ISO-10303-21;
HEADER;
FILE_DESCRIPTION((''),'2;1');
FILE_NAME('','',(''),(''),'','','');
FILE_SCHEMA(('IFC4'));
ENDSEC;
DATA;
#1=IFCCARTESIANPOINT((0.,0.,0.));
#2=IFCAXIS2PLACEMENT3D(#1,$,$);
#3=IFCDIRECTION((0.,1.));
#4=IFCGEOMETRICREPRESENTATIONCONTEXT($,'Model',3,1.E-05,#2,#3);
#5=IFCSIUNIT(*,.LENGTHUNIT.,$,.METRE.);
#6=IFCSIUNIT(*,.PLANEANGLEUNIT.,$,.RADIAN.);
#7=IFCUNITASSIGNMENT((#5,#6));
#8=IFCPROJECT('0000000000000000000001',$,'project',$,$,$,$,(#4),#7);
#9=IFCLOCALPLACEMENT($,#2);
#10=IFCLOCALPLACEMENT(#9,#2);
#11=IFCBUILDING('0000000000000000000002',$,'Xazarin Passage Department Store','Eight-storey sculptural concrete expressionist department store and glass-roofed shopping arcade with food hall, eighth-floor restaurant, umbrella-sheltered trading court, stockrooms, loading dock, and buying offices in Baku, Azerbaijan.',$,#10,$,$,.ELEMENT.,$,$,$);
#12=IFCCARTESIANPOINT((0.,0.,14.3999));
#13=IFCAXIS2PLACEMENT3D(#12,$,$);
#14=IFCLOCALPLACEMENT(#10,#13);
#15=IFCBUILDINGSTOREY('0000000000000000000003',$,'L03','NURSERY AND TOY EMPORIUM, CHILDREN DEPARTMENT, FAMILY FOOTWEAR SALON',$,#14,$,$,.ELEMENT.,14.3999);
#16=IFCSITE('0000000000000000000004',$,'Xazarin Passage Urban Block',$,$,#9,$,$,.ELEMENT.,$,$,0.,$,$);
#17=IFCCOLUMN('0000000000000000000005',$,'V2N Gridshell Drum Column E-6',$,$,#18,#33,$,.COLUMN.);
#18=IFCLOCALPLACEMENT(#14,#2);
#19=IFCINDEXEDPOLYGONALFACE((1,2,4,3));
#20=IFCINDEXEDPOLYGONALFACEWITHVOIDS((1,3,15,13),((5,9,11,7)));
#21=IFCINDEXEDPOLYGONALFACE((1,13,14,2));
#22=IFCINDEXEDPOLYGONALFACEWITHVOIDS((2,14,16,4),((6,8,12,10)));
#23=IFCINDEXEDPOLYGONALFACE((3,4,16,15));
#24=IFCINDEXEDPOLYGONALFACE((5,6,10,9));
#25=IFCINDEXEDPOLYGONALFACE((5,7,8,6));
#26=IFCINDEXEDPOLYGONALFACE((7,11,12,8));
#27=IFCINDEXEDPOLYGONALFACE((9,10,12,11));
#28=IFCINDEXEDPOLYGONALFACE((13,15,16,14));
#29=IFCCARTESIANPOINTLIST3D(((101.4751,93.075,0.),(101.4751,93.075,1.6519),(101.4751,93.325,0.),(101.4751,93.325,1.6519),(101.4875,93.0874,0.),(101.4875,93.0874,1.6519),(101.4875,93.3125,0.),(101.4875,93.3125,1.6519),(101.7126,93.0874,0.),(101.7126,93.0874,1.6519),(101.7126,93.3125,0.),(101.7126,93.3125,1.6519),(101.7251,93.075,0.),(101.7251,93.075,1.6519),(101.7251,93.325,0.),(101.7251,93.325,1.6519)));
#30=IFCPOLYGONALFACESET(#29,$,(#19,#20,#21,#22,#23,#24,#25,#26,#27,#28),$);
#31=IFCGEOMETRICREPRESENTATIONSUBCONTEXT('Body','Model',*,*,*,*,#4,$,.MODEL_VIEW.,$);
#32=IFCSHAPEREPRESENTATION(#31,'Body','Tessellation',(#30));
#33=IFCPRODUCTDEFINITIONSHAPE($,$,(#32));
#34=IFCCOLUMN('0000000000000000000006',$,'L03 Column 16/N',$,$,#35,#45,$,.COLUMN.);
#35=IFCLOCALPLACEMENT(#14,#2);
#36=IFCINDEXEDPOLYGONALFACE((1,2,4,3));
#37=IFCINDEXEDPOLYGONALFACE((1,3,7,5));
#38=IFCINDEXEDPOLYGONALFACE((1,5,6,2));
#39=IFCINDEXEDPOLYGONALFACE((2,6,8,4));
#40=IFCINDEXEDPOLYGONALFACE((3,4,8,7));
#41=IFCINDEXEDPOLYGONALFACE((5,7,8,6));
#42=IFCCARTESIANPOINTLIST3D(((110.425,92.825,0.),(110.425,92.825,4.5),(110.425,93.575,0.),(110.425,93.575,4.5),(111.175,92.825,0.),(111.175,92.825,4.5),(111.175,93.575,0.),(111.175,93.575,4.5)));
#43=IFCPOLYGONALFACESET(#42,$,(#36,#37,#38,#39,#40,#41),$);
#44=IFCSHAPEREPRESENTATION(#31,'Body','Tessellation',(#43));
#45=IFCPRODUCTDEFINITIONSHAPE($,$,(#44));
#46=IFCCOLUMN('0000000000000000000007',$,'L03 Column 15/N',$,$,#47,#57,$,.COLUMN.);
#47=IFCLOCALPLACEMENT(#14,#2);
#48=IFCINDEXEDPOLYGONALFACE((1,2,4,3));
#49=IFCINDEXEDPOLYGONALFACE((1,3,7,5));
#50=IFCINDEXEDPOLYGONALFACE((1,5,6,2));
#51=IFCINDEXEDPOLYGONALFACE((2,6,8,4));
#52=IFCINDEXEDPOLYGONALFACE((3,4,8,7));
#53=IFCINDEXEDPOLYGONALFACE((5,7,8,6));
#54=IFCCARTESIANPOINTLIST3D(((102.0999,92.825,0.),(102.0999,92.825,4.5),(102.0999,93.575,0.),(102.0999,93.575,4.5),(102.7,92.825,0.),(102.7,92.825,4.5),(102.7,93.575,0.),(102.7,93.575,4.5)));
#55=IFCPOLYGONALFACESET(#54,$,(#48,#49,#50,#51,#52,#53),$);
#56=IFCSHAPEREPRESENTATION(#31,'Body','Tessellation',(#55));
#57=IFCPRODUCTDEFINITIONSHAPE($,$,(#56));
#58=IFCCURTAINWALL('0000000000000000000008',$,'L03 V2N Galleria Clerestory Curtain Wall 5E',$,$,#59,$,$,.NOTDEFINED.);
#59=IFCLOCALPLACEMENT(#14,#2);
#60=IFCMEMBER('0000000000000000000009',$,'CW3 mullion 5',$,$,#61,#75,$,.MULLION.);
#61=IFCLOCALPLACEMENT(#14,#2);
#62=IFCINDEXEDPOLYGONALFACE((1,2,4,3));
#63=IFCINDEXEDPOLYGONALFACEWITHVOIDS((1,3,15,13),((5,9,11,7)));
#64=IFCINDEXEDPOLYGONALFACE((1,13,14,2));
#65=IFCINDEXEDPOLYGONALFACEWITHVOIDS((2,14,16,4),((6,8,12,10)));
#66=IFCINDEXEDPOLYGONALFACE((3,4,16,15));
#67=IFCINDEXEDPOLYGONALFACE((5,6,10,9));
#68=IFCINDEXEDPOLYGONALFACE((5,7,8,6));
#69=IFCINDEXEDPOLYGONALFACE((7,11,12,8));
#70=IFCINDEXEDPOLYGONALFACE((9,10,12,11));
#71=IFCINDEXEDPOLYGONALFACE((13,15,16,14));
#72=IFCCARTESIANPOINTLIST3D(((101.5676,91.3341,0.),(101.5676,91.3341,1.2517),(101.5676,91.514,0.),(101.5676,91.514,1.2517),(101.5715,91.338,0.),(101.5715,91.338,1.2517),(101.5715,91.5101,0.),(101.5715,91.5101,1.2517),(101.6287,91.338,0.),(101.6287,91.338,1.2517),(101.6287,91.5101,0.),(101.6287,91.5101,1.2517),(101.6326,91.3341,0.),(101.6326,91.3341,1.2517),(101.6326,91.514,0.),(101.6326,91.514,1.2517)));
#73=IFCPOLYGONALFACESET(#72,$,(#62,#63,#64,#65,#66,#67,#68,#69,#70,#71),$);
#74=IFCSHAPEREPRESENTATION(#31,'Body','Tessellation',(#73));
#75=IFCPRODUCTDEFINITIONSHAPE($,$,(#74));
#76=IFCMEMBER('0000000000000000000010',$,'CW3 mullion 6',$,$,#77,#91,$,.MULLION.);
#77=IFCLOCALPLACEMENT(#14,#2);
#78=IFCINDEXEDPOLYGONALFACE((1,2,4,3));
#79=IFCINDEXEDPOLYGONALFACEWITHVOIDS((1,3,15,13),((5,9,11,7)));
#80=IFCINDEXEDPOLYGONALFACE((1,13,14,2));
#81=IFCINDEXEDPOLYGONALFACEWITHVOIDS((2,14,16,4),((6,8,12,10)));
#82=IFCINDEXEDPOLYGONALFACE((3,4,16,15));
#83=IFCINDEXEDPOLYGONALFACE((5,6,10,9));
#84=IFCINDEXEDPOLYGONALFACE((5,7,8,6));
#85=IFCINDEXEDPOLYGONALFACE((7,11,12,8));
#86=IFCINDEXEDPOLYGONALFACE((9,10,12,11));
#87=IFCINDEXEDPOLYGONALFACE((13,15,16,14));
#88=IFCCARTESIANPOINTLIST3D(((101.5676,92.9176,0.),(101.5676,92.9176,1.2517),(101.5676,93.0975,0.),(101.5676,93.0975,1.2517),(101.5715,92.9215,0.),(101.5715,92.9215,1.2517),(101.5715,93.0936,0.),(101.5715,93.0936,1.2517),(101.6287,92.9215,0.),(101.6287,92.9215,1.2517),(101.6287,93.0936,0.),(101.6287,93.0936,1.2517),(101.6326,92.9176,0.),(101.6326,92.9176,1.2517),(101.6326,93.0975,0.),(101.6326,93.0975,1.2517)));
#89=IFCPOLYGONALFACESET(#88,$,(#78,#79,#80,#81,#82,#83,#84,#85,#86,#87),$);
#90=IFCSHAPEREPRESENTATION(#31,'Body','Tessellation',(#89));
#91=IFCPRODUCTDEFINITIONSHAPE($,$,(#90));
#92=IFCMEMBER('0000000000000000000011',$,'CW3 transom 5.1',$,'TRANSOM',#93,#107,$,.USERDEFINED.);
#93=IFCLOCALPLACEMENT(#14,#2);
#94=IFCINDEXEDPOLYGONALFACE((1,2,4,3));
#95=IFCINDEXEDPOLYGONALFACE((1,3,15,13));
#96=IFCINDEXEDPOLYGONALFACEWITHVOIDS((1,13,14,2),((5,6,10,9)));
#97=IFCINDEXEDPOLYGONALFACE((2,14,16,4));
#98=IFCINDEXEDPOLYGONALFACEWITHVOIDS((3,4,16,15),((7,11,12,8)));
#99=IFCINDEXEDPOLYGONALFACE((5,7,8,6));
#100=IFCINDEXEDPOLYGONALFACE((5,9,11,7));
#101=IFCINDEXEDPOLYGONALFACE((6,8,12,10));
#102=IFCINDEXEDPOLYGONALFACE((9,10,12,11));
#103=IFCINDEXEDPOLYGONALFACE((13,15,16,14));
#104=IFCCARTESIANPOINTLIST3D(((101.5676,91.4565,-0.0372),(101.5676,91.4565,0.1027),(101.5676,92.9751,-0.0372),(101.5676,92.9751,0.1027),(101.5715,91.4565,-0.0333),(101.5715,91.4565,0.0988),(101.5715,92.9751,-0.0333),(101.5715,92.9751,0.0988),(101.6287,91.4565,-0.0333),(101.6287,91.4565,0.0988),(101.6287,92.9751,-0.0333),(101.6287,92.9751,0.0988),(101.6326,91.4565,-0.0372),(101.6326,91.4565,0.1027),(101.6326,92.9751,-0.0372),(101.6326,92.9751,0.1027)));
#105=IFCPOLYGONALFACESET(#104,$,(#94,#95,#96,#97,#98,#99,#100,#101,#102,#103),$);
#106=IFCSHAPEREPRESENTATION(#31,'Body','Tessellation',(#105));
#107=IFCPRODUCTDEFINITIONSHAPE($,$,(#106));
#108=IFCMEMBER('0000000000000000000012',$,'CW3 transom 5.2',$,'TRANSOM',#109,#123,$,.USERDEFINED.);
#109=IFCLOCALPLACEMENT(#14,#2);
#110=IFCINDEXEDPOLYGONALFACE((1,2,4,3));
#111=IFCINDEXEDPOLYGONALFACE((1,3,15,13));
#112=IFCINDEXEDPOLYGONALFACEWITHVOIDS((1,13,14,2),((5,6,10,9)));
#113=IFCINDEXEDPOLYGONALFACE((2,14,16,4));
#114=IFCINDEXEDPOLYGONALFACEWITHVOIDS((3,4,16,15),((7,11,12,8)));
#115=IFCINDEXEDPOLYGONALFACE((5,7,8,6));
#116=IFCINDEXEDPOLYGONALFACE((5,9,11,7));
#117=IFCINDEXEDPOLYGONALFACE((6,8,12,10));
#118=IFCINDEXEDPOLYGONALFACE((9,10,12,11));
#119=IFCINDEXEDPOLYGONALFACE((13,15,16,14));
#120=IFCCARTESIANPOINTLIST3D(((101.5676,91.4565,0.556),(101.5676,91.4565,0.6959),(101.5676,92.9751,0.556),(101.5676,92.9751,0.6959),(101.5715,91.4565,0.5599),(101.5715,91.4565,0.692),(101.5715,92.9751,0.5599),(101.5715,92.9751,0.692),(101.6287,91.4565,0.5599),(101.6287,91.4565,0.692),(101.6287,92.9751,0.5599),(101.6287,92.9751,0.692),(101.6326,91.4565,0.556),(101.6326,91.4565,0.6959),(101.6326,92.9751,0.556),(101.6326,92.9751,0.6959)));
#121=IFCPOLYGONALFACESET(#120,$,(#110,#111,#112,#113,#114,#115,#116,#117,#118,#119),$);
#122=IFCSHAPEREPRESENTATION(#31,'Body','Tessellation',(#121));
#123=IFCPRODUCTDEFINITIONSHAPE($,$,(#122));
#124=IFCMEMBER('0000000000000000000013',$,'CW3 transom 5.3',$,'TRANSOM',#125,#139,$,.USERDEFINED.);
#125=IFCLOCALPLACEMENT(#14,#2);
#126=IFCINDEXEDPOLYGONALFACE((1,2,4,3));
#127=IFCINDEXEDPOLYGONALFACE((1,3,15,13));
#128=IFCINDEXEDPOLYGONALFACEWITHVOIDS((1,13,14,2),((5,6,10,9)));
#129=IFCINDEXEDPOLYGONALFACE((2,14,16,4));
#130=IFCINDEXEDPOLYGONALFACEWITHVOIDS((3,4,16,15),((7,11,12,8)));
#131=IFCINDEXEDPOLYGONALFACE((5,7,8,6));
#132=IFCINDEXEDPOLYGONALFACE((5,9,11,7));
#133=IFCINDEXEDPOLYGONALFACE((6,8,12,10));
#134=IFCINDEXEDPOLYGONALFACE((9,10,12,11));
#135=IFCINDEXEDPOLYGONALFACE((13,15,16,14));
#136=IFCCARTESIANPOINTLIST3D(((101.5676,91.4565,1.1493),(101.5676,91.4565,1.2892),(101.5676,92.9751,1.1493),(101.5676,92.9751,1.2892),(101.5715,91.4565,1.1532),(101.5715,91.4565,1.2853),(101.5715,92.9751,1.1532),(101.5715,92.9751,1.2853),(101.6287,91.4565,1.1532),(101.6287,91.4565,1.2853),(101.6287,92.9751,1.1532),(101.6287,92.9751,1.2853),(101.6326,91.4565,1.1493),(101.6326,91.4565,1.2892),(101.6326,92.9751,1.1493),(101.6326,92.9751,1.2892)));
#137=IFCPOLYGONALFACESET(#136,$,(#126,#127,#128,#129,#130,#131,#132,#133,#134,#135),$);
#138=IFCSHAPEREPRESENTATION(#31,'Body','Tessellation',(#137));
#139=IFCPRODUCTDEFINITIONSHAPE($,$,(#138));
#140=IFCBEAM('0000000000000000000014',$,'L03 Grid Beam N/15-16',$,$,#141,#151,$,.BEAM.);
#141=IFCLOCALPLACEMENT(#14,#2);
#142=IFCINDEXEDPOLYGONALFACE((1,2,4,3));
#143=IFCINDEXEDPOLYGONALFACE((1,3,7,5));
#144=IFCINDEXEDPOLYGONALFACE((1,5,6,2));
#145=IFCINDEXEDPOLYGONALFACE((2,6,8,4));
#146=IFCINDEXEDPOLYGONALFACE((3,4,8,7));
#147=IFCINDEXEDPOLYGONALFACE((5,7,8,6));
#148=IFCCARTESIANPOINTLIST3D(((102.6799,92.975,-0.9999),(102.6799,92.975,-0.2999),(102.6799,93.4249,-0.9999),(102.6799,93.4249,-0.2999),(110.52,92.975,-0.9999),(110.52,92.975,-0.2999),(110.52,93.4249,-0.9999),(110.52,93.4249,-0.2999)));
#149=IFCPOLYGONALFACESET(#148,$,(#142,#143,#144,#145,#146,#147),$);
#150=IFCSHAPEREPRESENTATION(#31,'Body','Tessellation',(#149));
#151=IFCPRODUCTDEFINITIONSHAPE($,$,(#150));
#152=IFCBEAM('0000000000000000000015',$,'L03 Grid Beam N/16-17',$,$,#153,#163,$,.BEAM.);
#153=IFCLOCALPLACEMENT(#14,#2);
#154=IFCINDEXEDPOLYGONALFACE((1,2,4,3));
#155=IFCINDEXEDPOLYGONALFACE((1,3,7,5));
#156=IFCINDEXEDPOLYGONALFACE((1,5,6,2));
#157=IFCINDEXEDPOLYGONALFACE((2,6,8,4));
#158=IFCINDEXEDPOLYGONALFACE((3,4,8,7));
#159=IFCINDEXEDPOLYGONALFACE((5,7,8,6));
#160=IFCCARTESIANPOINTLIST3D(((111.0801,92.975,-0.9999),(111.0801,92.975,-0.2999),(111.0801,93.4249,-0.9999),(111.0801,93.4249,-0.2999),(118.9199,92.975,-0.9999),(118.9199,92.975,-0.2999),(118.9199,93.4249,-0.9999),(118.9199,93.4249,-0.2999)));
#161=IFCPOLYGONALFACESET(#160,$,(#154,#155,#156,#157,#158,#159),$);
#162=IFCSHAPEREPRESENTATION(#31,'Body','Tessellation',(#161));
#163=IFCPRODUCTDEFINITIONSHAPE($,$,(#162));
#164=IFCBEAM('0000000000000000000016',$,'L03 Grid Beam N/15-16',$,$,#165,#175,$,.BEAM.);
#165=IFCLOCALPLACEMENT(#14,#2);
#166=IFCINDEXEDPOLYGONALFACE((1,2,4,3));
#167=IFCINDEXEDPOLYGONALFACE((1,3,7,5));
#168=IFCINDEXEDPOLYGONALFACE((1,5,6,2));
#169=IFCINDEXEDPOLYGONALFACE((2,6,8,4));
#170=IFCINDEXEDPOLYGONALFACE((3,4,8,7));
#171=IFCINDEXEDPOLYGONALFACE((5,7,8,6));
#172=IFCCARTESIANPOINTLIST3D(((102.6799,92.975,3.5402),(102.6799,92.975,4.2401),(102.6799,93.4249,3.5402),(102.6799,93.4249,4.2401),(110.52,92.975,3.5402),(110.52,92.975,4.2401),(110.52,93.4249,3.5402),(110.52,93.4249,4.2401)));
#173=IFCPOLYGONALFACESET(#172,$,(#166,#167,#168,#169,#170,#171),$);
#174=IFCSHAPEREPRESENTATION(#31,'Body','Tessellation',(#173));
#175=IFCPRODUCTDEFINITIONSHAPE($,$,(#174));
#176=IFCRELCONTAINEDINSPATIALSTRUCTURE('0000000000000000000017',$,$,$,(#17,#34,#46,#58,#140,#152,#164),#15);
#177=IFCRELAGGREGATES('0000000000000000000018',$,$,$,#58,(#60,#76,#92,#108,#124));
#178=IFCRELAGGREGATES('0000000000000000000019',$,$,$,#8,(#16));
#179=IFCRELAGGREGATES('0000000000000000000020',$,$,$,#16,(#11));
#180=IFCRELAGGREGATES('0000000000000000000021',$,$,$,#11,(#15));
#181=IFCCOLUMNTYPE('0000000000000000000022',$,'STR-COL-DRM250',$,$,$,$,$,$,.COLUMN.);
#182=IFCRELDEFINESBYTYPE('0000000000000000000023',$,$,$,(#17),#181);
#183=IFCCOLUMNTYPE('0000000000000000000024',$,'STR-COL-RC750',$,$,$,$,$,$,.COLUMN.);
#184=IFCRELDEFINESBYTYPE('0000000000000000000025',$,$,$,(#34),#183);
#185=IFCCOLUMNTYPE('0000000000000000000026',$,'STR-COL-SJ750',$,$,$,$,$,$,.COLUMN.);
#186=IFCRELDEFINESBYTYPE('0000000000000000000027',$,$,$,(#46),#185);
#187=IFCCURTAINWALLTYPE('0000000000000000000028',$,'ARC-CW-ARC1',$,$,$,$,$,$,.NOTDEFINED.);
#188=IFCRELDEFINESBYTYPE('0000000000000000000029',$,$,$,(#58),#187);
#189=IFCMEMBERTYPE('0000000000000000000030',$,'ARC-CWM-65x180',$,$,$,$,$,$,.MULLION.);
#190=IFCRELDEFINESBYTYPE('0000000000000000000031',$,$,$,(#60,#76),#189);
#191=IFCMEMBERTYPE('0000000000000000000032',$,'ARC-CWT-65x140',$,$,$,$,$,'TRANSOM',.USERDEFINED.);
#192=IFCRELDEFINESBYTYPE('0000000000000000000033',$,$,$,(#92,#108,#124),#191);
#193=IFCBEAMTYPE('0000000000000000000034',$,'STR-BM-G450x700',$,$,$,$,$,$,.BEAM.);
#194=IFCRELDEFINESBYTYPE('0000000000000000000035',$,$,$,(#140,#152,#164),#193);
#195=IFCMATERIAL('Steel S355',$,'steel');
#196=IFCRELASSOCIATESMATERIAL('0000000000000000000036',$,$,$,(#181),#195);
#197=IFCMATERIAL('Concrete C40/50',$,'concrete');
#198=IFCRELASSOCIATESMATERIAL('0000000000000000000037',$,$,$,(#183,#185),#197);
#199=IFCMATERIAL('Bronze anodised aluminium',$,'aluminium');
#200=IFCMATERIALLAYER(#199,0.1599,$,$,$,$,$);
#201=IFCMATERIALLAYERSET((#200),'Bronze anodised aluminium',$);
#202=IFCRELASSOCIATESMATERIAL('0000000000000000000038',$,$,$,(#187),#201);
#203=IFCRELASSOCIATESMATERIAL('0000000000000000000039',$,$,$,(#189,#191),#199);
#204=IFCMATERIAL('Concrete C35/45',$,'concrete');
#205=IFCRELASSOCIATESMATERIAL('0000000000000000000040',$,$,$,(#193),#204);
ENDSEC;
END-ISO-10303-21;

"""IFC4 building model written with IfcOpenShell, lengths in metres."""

from ifc_helpers import new_model, si_unit, direction, frame, origin, origin_2d, place, context, subcontext, project, spatial, rectangle, hollow_rectangle, extrude, material, layer, layer_set, material_profile, profile_set, type_object, element, aggregate, save


model = new_model("IFC4")

# Units and contexts
model_context = context("Model", 3, precision=1e-05, world=origin(), true_north=direction((0.0, 1.0)))
body_context = subcontext(model_context, "Body", "Model", "MODEL_VIEW")
ifc_project = project(units=[si_unit("LENGTHUNIT", "METRE"), si_unit("PLANEANGLEUNIT", "RADIAN")], contexts=[model_context])

# Site, building, storey
site_placement = place(None, origin())
site = spatial("IfcSite", under=ifc_project, at=site_placement, Name="Xazarin Passage Urban Block", CompositionType="ELEMENT", RefElevation=0.0)
building_placement = place(site_placement, origin())
building = spatial("IfcBuilding", under=site, at=building_placement, Name="Xazarin Passage Department Store", Description="Eight-storey sculptural concrete expressionist department store and glass-roofed shopping arcade with food hall, eighth-floor restaurant, umbrella-sheltered trading court, stockrooms, loading dock, and buying offices in Baku, Azerbaijan.", CompositionType="ELEMENT")
storey_placement = place(building_placement, frame((0.0, 0.0, 14.3999)))
storey = spatial("IfcBuildingStorey", under=building, at=storey_placement, Name="L03", Description="NURSERY AND TOY EMPORIUM, CHILDREN DEPARTMENT, FAMILY FOOTWEAR SALON", CompositionType="ELEMENT", Elevation=14.3999)

# Columns
ifc_material_1 = material(Name="Steel S355", Category="steel")
ifc_material_profile_1 = material_profile(ifc_material_1, hollow_rectangle(XDim=0.25, YDim=0.25, WallThickness=0.0125, at=origin_2d()), Name="SHS 250x250x12.5")
ifc_profile_set_1 = profile_set([ifc_material_profile_1], Name="Steel S355")
column_type_1 = type_object("IfcColumnType", Name="STR-COL-DRM250", PredefinedType="COLUMN", material=ifc_profile_set_1)
column_1_placement = place(storey_placement, frame((101.6001, 93.2, 0.0), z_axis=(0.0, 0.0, 1.0), x_axis=(1.0, 0.0, 0.0)))
element("IfcColumn", 1, at=column_1_placement, inside=storey, type_object=column_type_1, Name="V2N Gridshell Drum Column E-6", PredefinedType="COLUMN", context=body_context, shape_type="SweptSolid", body=[
    extrude(hollow_rectangle(XDim=0.25, YDim=0.25, WallThickness=0.0125, at=origin_2d()), origin(), (0.0, 0.0, 1.0), 1.6519),
])
ifc_material_2 = material(Name="Concrete C40/50", Category="concrete")
ifc_material_profile_2 = material_profile(ifc_material_2, rectangle(XDim=0.75, YDim=0.75, at=origin_2d()), Name="RC 750x750")
ifc_profile_set_2 = profile_set([ifc_material_profile_2], Name="Concrete C40/50")
column_type_2 = type_object("IfcColumnType", Name="STR-COL-RC750", PredefinedType="COLUMN", material=ifc_profile_set_2)
column_2_placement = place(storey_placement, frame((110.8, 93.2, 0.0), z_axis=(0.0, 0.0, 1.0), x_axis=(1.0, 0.0, 0.0)))
element("IfcColumn", 2, at=column_2_placement, inside=storey, type_object=column_type_2, Name="L03 Column 16/N", PredefinedType="COLUMN", context=body_context, shape_type="SweptSolid", body=[
    extrude(rectangle(XDim=0.75, YDim=0.75, at=origin_2d()), origin(), (0.0, 0.0, 1.0), 4.5),
])
ifc_material_profile_3 = material_profile(ifc_material_2, rectangle(XDim=0.6001, YDim=0.75, at=origin_2d()), Name="RC 600x750")
ifc_profile_set_3 = profile_set([ifc_material_profile_3], Name="Concrete C40/50")
column_type_3 = type_object("IfcColumnType", Name="STR-COL-SJ750", PredefinedType="COLUMN", material=ifc_profile_set_3)
column_3_placement = place(storey_placement, frame((102.3999, 93.2, 0.0), z_axis=(0.0, 0.0, 1.0), x_axis=(1.0, 0.0, 0.0)))
element("IfcColumn", 3, at=column_3_placement, inside=storey, type_object=column_type_3, Name="L03 Column 15/N", PredefinedType="COLUMN", context=body_context, shape_type="SweptSolid", body=[
    extrude(rectangle(XDim=0.6001, YDim=0.75, at=origin_2d()), origin(), (0.0, 0.0, 1.0), 4.5),
])

# Curtain wall, members
ifc_material_3 = material(Name="Bronze anodised aluminium", Category="aluminium")
ifc_layer_1 = layer(ifc_material_3, 0.1599)
ifc_layer_set_1 = layer_set([ifc_layer_1], Name="Bronze anodised aluminium")
curtain_wall_type = type_object("IfcCurtainWallType", Name="ARC-CW-ARC1", PredefinedType="NOTDEFINED", material=ifc_layer_set_1)
curtain_wall_placement = place(storey_placement, origin())
curtain_wall = element("IfcCurtainWall", 4, at=curtain_wall_placement, inside=storey, type_object=curtain_wall_type, Name="L03 V2N Galleria Clerestory Curtain Wall 5E", PredefinedType="NOTDEFINED")
ifc_material_profile_4 = material_profile(ifc_material_3, hollow_rectangle(XDim=0.0649, YDim=0.1799, WallThickness=0.0039, at=origin_2d()), Name="ALU 65x180")
ifc_profile_set_4 = profile_set([ifc_material_profile_4], Name="Bronze anodised aluminium")
member_type_1 = type_object("IfcMemberType", Name="ARC-CWM-65x180", PredefinedType="MULLION", material=ifc_profile_set_4)
member_1_placement = place(storey_placement, frame((101.6001, 91.4241, 0.0), z_axis=(0.0, 0.0, 1.0), x_axis=(-1.0, 0.0, 0.0)))
member_1 = element("IfcMember", 5, at=member_1_placement, type_object=member_type_1, Name="CW3 mullion 5", PredefinedType="MULLION", context=body_context, shape_type="SweptSolid", body=[
    extrude(hollow_rectangle(XDim=0.0649, YDim=0.1799, WallThickness=0.0039, at=origin_2d()), origin(), (0.0, 0.0, 1.0), 1.2517),
])
member_2_placement = place(storey_placement, frame((101.6001, 93.0076, 0.0), z_axis=(0.0, 0.0, 1.0), x_axis=(-1.0, 0.0, 0.0)))
member_2 = element("IfcMember", 6, at=member_2_placement, type_object=member_type_1, Name="CW3 mullion 6", PredefinedType="MULLION", context=body_context, shape_type="SweptSolid", body=[
    extrude(hollow_rectangle(XDim=0.0649, YDim=0.1799, WallThickness=0.0039, at=origin_2d()), origin(), (0.0, 0.0, 1.0), 1.2517),
])
ifc_material_profile_5 = material_profile(ifc_material_3, hollow_rectangle(XDim=0.0649, YDim=0.1399, WallThickness=0.0039, at=origin_2d()), Name="ALU 65x140")
ifc_profile_set_5 = profile_set([ifc_material_profile_5], Name="Bronze anodised aluminium")
member_type_2 = type_object("IfcMemberType", Name="ARC-CWT-65x140", ElementType="TRANSOM", PredefinedType="USERDEFINED", material=ifc_profile_set_5)
member_3_placement = place(storey_placement, frame((101.6001, 91.4565, 0.0327), z_axis=(0.0, 1.0, 0.0), x_axis=(-1.0, 0.0, 0.0)))
member_3 = element("IfcMember", 7, at=member_3_placement, type_object=member_type_2, Name="CW3 transom 5.1", ObjectType="TRANSOM", PredefinedType="USERDEFINED", context=body_context, shape_type="SweptSolid", body=[
    extrude(hollow_rectangle(XDim=0.0649, YDim=0.1399, WallThickness=0.0039, at=origin_2d()), origin(), (0.0, 0.0, 1.0), 1.5186),
])
member_4_placement = place(storey_placement, frame((101.6001, 91.4565, 0.626), z_axis=(0.0, 1.0, 0.0), x_axis=(-1.0, 0.0, 0.0)))
member_4 = element("IfcMember", 8, at=member_4_placement, type_object=member_type_2, Name="CW3 transom 5.2", ObjectType="TRANSOM", PredefinedType="USERDEFINED", context=body_context, shape_type="SweptSolid", body=[
    extrude(hollow_rectangle(XDim=0.0649, YDim=0.1399, WallThickness=0.0039, at=origin_2d()), origin(), (0.0, 0.0, 1.0), 1.5186),
])
member_5_placement = place(storey_placement, frame((101.6001, 91.4565, 1.2192), z_axis=(0.0, 1.0, 0.0), x_axis=(-1.0, 0.0, 0.0)))
member_5 = element("IfcMember", 9, at=member_5_placement, type_object=member_type_2, Name="CW3 transom 5.3", ObjectType="TRANSOM", PredefinedType="USERDEFINED", context=body_context, shape_type="SweptSolid", body=[
    extrude(hollow_rectangle(XDim=0.0649, YDim=0.1399, WallThickness=0.0039, at=origin_2d()), origin(), (0.0, 0.0, 1.0), 1.5186),
])

# Beams
ifc_material_4 = material(Name="Concrete C35/45", Category="concrete")
ifc_material_profile_6 = material_profile(ifc_material_4, rectangle(XDim=0.45, YDim=0.7, at=origin_2d()), Name="RC 450x700")
ifc_profile_set_6 = profile_set([ifc_material_profile_6], Name="Concrete C35/45")
beam_type_1 = type_object("IfcBeamType", Name="STR-BM-G450x700", PredefinedType="BEAM", material=ifc_profile_set_6)
beam_1_placement = place(storey_placement, frame((102.6799, 93.2, -0.6499), z_axis=(1.0, 0.0, 0.0), x_axis=(0.0, 1.0, 0.0)))
element("IfcBeam", 10, at=beam_1_placement, inside=storey, type_object=beam_type_1, Name="L03 Grid Beam N/15-16", PredefinedType="BEAM", context=body_context, shape_type="SweptSolid", body=[
    extrude(rectangle(XDim=0.45, YDim=0.7, at=origin_2d()), origin(), (0.0, 0.0, 1.0), 7.8401),
])
beam_2_placement = place(storey_placement, frame((111.0801, 93.2, -0.6499), z_axis=(1.0, 0.0, 0.0), x_axis=(0.0, 1.0, 0.0)))
element("IfcBeam", 11, at=beam_2_placement, inside=storey, type_object=beam_type_1, Name="L03 Grid Beam N/16-17", PredefinedType="BEAM", context=body_context, shape_type="SweptSolid", body=[
    extrude(rectangle(XDim=0.45, YDim=0.7, at=origin_2d()), origin(), (0.0, 0.0, 1.0), 7.8398),
])
beam_3_placement = place(storey_placement, frame((102.6799, 93.2, 3.8901), z_axis=(1.0, 0.0, 0.0), x_axis=(0.0, 1.0, 0.0)))
element("IfcBeam", 12, at=beam_3_placement, inside=storey, type_object=beam_type_1, Name="L03 Grid Beam N/15-16", PredefinedType="BEAM", context=body_context, shape_type="SweptSolid", body=[
    extrude(rectangle(XDim=0.45, YDim=0.7, at=origin_2d()), origin(), (0.0, 0.0, 1.0), 7.8401),
])

aggregate(curtain_wall, [member_1, member_2, member_3, member_4, member_5])

save(model, "model.ifc")
